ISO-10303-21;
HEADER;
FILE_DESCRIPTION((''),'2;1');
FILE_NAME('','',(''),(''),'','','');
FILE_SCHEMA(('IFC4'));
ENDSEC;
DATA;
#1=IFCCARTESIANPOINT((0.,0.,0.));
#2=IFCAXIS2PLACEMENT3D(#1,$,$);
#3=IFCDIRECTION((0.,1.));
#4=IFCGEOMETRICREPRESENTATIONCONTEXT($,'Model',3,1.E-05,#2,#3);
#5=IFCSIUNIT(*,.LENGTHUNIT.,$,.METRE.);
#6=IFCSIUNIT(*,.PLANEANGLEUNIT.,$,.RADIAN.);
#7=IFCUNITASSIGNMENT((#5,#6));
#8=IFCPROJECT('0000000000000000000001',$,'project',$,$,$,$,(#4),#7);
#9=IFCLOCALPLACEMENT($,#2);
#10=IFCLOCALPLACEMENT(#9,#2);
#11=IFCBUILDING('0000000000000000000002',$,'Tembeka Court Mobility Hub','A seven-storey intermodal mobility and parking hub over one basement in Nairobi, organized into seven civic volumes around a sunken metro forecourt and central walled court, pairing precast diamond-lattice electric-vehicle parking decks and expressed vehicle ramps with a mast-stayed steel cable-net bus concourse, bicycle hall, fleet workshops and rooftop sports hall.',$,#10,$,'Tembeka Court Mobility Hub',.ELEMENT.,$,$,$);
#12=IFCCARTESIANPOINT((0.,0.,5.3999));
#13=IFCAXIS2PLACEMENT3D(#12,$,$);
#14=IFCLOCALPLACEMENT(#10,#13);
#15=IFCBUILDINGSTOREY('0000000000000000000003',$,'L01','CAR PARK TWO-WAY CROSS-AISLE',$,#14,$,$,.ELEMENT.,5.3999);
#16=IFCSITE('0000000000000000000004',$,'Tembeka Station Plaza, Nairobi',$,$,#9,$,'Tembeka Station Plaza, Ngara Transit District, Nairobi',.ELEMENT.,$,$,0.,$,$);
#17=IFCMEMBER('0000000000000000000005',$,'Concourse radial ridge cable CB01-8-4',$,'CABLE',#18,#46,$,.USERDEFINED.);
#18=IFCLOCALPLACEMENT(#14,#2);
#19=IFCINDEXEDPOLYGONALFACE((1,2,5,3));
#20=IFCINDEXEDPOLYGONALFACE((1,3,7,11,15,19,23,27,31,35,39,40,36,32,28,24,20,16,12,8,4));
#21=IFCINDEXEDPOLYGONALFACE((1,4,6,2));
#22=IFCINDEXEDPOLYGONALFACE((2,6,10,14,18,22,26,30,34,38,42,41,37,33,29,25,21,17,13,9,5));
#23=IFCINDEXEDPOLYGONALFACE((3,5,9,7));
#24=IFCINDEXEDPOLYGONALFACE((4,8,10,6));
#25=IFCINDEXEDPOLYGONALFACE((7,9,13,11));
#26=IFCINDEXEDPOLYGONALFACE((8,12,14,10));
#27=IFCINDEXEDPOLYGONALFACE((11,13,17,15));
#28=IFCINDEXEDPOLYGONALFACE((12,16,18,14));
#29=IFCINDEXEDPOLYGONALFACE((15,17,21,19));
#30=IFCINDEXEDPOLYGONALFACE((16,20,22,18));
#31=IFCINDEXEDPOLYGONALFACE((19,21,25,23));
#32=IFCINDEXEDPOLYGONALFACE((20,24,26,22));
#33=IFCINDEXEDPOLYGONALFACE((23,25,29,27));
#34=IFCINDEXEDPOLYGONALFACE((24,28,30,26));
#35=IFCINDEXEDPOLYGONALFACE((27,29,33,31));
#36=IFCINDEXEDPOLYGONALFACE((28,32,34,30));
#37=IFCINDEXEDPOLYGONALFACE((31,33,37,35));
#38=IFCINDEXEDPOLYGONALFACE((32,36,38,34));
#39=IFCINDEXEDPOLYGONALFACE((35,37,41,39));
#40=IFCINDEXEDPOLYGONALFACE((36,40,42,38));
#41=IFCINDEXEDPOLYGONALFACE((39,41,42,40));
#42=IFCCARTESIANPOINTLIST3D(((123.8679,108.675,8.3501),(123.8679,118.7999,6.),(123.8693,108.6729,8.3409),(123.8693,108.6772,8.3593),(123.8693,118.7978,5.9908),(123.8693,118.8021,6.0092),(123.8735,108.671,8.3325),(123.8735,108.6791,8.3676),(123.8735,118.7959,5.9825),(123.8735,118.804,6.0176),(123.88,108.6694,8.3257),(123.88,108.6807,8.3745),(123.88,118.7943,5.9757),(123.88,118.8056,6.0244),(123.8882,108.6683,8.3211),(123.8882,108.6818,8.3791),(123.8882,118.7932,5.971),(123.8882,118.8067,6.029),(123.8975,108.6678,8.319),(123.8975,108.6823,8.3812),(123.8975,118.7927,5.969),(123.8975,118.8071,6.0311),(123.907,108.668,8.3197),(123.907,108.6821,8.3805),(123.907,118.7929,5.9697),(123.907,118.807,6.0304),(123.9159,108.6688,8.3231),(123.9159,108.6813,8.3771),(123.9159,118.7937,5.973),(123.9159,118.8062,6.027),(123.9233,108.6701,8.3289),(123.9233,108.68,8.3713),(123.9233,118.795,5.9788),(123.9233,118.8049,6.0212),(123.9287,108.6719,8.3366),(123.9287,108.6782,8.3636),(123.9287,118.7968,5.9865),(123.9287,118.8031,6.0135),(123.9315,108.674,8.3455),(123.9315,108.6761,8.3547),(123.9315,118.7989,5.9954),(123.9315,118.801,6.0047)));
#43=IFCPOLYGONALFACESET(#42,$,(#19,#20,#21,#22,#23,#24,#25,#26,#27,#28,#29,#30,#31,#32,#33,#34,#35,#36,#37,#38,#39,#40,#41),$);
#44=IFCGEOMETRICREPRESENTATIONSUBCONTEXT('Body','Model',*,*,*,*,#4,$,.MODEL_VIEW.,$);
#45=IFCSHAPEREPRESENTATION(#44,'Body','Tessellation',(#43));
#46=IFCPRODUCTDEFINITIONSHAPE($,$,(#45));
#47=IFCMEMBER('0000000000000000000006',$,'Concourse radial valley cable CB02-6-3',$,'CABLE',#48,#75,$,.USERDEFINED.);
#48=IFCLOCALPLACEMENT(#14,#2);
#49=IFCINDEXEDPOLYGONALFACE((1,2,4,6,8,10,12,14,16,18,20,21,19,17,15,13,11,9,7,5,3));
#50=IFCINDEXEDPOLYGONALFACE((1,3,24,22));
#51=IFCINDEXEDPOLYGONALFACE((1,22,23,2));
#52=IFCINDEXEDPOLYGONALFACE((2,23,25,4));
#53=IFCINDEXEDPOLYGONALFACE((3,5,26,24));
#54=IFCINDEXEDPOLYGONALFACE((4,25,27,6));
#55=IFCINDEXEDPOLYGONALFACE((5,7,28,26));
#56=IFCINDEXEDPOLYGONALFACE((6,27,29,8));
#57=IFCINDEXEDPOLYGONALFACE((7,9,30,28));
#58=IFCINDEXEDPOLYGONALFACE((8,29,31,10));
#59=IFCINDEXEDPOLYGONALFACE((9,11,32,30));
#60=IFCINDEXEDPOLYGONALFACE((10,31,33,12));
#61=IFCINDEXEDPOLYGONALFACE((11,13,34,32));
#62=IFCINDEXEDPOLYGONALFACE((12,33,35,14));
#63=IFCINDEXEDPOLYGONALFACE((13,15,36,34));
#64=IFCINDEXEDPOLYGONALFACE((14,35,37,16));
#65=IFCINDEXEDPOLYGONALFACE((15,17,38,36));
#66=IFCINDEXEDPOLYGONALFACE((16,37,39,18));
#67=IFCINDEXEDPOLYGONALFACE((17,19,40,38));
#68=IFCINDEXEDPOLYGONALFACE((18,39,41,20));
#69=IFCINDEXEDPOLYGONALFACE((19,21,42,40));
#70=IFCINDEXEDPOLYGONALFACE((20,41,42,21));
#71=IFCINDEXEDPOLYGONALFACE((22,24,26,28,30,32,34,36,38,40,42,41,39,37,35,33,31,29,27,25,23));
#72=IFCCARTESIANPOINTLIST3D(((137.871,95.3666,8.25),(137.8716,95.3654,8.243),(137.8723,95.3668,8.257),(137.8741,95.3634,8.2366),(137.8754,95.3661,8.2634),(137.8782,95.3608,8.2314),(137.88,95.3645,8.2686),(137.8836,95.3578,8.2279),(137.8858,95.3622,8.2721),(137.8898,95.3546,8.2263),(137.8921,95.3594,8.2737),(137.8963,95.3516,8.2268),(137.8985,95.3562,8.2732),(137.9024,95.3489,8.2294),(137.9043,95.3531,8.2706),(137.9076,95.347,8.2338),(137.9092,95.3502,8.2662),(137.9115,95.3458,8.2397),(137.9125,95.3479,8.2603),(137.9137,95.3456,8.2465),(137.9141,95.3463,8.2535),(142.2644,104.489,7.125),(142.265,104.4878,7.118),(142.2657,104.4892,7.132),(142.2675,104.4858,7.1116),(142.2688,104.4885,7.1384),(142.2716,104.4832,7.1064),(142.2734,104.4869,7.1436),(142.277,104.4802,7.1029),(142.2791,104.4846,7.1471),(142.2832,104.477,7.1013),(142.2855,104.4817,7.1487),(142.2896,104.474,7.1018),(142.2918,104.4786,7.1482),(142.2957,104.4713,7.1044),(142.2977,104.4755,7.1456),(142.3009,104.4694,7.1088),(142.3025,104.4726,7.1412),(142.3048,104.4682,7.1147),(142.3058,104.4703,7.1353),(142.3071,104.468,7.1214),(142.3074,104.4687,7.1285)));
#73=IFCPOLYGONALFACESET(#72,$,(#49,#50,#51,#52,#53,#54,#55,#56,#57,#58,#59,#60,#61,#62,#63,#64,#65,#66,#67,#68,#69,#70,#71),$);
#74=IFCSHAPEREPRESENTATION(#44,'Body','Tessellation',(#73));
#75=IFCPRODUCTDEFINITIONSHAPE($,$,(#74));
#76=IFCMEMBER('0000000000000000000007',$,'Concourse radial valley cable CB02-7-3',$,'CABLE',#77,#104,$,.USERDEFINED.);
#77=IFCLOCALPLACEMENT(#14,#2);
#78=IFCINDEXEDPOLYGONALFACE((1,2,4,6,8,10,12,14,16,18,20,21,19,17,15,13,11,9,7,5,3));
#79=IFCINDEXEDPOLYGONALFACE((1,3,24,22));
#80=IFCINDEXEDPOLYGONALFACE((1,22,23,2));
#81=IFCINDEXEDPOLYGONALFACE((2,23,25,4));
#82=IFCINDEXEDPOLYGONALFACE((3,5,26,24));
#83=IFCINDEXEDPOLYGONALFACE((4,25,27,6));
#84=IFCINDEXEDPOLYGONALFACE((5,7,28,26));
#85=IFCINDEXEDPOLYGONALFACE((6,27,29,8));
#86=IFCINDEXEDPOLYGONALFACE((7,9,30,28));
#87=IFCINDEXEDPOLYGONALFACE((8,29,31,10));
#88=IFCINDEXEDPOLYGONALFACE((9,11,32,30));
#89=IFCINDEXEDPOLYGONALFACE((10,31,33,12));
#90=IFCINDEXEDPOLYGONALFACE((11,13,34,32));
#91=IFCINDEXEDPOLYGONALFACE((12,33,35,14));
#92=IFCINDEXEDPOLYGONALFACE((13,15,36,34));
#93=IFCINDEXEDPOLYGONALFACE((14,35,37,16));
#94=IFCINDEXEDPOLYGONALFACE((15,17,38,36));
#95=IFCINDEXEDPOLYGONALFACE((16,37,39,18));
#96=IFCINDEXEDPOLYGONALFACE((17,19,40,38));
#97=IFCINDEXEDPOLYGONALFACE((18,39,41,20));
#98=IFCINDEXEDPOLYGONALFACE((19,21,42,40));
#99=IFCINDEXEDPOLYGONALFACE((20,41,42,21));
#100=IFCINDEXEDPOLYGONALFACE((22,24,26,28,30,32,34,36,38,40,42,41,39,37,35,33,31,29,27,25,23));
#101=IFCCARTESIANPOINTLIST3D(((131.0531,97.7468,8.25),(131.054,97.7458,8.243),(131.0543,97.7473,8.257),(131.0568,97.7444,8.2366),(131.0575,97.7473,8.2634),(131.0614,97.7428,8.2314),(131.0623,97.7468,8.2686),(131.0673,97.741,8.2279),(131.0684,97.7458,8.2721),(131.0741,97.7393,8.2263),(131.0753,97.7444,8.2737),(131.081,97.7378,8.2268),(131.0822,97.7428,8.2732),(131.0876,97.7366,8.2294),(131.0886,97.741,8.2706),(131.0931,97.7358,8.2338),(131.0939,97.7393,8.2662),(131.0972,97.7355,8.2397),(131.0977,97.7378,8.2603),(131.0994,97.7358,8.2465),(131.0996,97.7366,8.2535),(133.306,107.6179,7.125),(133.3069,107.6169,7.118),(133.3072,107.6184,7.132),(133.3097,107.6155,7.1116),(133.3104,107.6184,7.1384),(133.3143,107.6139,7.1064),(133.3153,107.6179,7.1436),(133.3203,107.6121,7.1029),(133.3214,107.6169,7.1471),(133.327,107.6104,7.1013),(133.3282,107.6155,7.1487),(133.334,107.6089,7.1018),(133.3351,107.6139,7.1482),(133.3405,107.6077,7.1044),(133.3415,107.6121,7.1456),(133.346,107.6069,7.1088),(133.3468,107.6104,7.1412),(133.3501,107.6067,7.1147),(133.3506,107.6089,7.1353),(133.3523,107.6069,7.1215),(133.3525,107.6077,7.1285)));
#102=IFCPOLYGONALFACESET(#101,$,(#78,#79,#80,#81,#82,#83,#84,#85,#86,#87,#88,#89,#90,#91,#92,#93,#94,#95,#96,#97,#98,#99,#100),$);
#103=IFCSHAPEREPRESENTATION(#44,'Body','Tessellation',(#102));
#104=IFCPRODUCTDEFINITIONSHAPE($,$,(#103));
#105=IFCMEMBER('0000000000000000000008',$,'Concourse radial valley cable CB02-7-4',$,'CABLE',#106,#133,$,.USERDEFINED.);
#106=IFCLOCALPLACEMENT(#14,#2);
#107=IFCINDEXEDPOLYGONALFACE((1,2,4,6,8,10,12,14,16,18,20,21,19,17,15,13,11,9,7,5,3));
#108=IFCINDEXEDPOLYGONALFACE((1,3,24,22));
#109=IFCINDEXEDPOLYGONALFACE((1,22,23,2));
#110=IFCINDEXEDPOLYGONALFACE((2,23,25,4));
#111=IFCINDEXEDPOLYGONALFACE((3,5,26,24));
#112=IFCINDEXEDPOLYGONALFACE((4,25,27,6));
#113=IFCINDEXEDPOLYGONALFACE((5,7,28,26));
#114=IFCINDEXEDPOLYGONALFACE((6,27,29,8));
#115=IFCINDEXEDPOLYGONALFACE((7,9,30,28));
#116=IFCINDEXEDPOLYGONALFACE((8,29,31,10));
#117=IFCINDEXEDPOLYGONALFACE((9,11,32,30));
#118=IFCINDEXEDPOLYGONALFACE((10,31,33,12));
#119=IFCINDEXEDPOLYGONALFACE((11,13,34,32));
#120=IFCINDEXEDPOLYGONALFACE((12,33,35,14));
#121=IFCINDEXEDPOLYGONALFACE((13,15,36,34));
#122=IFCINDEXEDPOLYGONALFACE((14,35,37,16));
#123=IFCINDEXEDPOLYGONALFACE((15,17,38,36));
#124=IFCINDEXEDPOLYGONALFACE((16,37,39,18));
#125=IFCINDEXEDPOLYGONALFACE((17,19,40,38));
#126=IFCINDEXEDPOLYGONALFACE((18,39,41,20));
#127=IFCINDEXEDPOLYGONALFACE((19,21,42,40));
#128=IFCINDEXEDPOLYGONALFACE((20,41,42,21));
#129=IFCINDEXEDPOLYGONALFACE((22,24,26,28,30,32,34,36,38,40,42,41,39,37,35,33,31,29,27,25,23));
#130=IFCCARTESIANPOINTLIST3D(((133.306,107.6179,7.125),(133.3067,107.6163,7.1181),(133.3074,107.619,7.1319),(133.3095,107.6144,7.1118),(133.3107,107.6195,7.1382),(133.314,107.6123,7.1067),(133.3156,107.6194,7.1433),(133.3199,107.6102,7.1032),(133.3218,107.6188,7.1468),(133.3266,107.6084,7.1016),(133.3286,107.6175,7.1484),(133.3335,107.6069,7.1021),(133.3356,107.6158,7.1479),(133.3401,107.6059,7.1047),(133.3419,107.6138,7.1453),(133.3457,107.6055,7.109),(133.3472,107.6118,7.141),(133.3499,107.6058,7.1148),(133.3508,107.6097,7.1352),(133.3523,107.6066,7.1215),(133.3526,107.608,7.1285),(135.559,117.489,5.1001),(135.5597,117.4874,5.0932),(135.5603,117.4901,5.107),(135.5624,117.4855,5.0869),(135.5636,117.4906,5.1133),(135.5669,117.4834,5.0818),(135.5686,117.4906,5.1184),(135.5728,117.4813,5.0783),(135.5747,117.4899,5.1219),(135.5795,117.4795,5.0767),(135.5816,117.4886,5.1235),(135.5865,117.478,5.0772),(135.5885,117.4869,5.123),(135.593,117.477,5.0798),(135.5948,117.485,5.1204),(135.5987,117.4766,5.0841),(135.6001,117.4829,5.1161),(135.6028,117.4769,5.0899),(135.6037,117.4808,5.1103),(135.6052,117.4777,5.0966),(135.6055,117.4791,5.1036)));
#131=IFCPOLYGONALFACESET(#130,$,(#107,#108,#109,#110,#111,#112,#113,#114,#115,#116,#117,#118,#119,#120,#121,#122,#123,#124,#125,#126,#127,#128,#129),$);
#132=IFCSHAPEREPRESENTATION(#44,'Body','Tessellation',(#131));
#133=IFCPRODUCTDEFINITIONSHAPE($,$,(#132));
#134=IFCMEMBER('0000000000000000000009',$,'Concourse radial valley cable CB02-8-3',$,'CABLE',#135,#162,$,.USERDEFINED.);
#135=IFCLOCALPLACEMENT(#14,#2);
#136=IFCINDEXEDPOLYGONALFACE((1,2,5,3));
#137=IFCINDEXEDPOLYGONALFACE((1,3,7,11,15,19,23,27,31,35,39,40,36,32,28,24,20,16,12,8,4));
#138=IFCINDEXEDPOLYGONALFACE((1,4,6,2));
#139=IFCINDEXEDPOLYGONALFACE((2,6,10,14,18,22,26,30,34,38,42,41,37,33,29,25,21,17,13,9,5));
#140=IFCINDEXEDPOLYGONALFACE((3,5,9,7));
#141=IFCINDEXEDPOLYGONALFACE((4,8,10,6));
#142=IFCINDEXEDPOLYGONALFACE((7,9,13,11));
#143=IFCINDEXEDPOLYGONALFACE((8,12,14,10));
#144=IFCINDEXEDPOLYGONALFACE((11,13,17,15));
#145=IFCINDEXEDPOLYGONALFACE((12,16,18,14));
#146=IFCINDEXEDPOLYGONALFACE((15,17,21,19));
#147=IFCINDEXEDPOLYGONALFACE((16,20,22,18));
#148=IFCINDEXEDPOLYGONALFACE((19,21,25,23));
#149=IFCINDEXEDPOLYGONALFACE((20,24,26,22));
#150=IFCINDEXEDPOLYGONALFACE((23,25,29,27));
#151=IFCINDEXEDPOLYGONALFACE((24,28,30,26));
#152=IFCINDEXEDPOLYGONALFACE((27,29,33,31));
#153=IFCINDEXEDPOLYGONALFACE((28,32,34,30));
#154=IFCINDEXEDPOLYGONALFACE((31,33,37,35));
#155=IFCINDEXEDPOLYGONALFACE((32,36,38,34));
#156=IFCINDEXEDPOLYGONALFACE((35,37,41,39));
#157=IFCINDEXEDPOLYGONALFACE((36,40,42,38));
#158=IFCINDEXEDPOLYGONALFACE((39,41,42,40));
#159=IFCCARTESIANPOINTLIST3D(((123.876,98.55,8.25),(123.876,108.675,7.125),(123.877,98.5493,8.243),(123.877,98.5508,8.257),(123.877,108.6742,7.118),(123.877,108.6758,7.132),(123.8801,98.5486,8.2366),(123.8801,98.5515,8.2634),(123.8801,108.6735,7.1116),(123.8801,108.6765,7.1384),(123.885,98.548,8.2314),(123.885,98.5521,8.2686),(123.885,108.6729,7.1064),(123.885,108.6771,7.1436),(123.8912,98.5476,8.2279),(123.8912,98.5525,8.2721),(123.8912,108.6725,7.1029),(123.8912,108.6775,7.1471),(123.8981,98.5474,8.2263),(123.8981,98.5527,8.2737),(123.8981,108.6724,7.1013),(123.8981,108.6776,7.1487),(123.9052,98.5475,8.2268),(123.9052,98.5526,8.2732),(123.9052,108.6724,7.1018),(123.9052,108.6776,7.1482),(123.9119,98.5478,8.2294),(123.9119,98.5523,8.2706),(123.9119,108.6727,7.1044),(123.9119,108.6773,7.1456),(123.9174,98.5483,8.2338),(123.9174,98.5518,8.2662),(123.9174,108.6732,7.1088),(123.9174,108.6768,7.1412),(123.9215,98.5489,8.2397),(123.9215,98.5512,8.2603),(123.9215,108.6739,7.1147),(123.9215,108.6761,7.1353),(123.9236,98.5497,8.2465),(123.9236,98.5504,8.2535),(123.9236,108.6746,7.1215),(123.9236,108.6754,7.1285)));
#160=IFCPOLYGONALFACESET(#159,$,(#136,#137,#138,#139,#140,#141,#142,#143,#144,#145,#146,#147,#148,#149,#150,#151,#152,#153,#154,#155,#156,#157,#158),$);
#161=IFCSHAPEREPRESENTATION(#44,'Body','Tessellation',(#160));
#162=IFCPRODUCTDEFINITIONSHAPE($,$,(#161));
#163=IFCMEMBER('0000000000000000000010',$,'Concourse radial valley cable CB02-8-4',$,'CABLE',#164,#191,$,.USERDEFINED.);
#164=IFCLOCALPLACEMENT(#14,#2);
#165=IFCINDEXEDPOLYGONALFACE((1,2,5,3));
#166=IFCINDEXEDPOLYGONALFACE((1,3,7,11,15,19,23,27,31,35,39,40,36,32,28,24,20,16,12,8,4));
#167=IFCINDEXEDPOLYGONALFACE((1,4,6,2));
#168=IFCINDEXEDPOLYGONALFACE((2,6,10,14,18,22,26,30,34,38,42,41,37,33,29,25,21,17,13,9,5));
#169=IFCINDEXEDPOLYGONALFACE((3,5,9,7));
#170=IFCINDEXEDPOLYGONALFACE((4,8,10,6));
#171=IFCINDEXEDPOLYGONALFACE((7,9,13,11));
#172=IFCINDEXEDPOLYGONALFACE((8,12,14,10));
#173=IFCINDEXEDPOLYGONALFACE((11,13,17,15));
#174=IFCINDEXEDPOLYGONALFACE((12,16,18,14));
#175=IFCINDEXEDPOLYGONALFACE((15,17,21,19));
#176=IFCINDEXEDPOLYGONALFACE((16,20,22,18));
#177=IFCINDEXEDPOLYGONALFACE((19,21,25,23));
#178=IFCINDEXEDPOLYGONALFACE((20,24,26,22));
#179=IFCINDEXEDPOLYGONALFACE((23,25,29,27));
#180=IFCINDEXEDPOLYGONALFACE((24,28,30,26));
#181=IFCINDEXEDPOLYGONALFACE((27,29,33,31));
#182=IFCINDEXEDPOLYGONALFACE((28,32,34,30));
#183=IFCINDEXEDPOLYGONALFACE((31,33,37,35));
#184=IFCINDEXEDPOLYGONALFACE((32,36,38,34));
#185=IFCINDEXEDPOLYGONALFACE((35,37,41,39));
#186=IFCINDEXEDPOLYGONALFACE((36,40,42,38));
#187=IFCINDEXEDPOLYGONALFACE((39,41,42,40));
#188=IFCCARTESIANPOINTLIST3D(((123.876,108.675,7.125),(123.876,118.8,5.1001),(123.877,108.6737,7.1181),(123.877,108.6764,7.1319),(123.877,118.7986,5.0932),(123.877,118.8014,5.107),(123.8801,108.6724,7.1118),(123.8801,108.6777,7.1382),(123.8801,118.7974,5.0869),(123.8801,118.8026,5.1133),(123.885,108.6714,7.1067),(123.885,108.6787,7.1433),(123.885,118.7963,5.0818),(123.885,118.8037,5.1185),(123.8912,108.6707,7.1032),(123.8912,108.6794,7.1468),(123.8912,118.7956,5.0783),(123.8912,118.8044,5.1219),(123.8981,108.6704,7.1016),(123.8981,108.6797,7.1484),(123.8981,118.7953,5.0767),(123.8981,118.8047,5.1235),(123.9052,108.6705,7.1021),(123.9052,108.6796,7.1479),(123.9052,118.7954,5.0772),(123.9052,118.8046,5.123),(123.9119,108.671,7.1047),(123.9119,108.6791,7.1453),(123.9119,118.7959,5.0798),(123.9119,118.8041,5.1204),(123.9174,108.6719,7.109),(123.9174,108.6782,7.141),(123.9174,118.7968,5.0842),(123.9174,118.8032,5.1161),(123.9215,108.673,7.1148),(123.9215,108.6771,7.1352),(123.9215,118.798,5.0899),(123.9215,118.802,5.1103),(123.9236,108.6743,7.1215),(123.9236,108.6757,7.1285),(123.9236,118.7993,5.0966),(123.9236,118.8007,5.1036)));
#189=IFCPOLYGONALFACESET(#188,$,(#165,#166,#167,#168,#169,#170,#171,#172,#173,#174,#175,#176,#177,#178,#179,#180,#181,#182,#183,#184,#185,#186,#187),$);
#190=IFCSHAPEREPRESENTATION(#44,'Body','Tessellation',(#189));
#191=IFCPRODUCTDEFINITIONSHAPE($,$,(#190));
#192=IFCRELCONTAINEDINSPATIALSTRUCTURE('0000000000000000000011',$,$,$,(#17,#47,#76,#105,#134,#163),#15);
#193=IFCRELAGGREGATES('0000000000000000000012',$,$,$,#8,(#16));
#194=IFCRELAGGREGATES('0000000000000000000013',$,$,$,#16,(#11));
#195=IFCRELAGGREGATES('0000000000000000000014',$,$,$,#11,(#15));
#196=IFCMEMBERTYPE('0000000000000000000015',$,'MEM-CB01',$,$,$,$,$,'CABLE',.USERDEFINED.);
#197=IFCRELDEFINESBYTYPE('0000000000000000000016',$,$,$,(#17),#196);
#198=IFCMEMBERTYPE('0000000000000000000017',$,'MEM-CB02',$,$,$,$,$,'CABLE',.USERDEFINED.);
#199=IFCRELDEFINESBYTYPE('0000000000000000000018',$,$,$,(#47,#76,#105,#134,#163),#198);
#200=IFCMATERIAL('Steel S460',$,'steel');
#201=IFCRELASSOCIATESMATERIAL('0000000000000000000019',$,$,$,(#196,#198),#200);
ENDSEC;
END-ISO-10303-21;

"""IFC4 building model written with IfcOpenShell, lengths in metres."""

from ifc_helpers import new_model, si_unit, direction, frame, origin, origin_2d, place, context, subcontext, project, spatial, circle, extrude, material, material_profile, profile_set, type_object, element, save


model = new_model("IFC4")

# Units and contexts
model_context = context("Model", 3, precision=1e-05, world=origin(), true_north=direction((0.0, 1.0)))
body_context = subcontext(model_context, "Body", "Model", "MODEL_VIEW")
ifc_project = project(units=[si_unit("LENGTHUNIT", "METRE"), si_unit("PLANEANGLEUNIT", "RADIAN")], contexts=[model_context])

# Site, building, storey
site_placement = place(None, origin())
site = spatial("IfcSite", under=ifc_project, at=site_placement, Name="Tembeka Station Plaza, Nairobi", LongName="Tembeka Station Plaza, Ngara Transit District, Nairobi", CompositionType="ELEMENT", RefElevation=0.0)
building_placement = place(site_placement, origin())
building = spatial("IfcBuilding", under=site, at=building_placement, Name="Tembeka Court Mobility Hub", Description="A seven-storey intermodal mobility and parking hub over one basement in Nairobi, organized into seven civic volumes around a sunken metro forecourt and central walled court, pairing precast diamond-lattice electric-vehicle parking decks and expressed vehicle ramps with a mast-stayed steel cable-net bus concourse, bicycle hall, fleet workshops and rooftop sports hall.", LongName="Tembeka Court Mobility Hub", CompositionType="ELEMENT")
storey_placement = place(building_placement, frame((0.0, 0.0, 5.3999)))
storey = spatial("IfcBuildingStorey", under=building, at=storey_placement, Name="L01", Description="CAR PARK TWO-WAY CROSS-AISLE", CompositionType="ELEMENT", Elevation=5.3999)

# Members
ifc_material_1 = material(Name="Steel S460", Category="steel")
ifc_material_profile_1 = material_profile(ifc_material_1, circle(Radius=0.032, at=origin_2d()), Name="CABLE D64")
ifc_profile_set_1 = profile_set([ifc_material_profile_1], Name="Steel S460")
member_type_1 = type_object("IfcMemberType", Name="MEM-CB01", ElementType="CABLE", PredefinedType="USERDEFINED", material=ifc_profile_set_1)
for number, where, z_axis, x_axis, name in (
    (1, (123.8999, 108.675, 8.3501), (0.0, 0.974105, -0.226098), (-1.0, 0.0, 0.0), "Concourse radial ridge cable CB01-8-4"),
):
    element("IfcMember", number, at=place(storey_placement, frame(where, z_axis=z_axis, x_axis=x_axis)), inside=storey, type_object=member_type_1, Name=name, ObjectType="CABLE", PredefinedType="USERDEFINED", context=body_context, shape_type="SweptSolid", body=[
        extrude(circle(Radius=0.032, at=origin_2d()), origin(), (0.0, 0.0, 1.0), 10.394),
    ])
ifc_material_profile_2 = material_profile(ifc_material_1, circle(Radius=0.0239, at=origin_2d()), Name="CABLE D48")
ifc_profile_set_2 = profile_set([ifc_material_profile_2], Name="Steel S460")
member_type_2 = type_object("IfcMemberType", Name="MEM-CB02", ElementType="CABLE", PredefinedType="USERDEFINED", material=ifc_profile_set_2)
member_1_placement = place(storey_placement, frame((137.8926, 95.3562, 8.25), z_axis=(0.431249, 0.895449, -0.11043), x_axis=(-0.90096, 0.433903, 0.0)))
element("IfcMember", 2, at=member_1_placement, inside=storey, type_object=member_type_2, Name="Concourse radial valley cable CB02-6-3", ObjectType="CABLE", PredefinedType="USERDEFINED", context=body_context, shape_type="SweptSolid", body=[
    extrude(circle(Radius=0.0239, at=origin_2d()), origin(), (0.0, 0.0, 1.0), 10.1875),
])
member_2_placement = place(storey_placement, frame((131.0764, 97.7415, 8.25), z_axis=(0.221152, 0.968967, -0.110432), x_axis=(-0.97493, 0.222513, 0.0)))
element("IfcMember", 3, at=member_2_placement, inside=storey, type_object=member_type_2, Name="Concourse radial valley cable CB02-7-3", ObjectType="CABLE", PredefinedType="USERDEFINED", context=body_context, shape_type="SweptSolid", body=[
    extrude(circle(Radius=0.0239, at=origin_2d()), origin(), (0.0, 0.0, 1.0), 10.1873),
])
member_3_placement = place(storey_placement, frame((133.3293, 107.6125, 7.125), z_axis=(0.218192, 0.955999, -0.196108), x_axis=(-0.97493, 0.222513, 0.0)))
element("IfcMember", 4, at=member_3_placement, inside=storey, type_object=member_type_2, Name="Concourse radial valley cable CB02-7-4", ObjectType="CABLE", PredefinedType="USERDEFINED", context=body_context, shape_type="SweptSolid", body=[
    extrude(circle(Radius=0.0239, at=origin_2d()), origin(), (0.0, 0.0, 1.0), 10.3254),
])
member_4_placement = place(storey_placement, frame((123.8999, 98.55, 8.25), z_axis=(0.0, 0.993884, -0.110432), x_axis=(-1.0, 0.0, 0.0)))
element("IfcMember", 5, at=member_4_placement, inside=storey, type_object=member_type_2, Name="Concourse radial valley cable CB02-8-3", ObjectType="CABLE", PredefinedType="USERDEFINED", context=body_context, shape_type="SweptSolid", body=[
    extrude(circle(Radius=0.0239, at=origin_2d()), origin(), (0.0, 0.0, 1.0), 10.1873),
])
member_5_placement = place(storey_placement, frame((123.8999, 108.675, 7.125), z_axis=(0.0, 0.980582, -0.196107), x_axis=(-1.0, 0.0, 0.0)))
element("IfcMember", 6, at=member_5_placement, inside=storey, type_object=member_type_2, Name="Concourse radial valley cable CB02-8-4", ObjectType="CABLE", PredefinedType="USERDEFINED", context=body_context, shape_type="SweptSolid", body=[
    extrude(circle(Radius=0.0239, at=origin_2d()), origin(), (0.0, 0.0, 1.0), 10.3254),
])

save(model, "model.ifc")
